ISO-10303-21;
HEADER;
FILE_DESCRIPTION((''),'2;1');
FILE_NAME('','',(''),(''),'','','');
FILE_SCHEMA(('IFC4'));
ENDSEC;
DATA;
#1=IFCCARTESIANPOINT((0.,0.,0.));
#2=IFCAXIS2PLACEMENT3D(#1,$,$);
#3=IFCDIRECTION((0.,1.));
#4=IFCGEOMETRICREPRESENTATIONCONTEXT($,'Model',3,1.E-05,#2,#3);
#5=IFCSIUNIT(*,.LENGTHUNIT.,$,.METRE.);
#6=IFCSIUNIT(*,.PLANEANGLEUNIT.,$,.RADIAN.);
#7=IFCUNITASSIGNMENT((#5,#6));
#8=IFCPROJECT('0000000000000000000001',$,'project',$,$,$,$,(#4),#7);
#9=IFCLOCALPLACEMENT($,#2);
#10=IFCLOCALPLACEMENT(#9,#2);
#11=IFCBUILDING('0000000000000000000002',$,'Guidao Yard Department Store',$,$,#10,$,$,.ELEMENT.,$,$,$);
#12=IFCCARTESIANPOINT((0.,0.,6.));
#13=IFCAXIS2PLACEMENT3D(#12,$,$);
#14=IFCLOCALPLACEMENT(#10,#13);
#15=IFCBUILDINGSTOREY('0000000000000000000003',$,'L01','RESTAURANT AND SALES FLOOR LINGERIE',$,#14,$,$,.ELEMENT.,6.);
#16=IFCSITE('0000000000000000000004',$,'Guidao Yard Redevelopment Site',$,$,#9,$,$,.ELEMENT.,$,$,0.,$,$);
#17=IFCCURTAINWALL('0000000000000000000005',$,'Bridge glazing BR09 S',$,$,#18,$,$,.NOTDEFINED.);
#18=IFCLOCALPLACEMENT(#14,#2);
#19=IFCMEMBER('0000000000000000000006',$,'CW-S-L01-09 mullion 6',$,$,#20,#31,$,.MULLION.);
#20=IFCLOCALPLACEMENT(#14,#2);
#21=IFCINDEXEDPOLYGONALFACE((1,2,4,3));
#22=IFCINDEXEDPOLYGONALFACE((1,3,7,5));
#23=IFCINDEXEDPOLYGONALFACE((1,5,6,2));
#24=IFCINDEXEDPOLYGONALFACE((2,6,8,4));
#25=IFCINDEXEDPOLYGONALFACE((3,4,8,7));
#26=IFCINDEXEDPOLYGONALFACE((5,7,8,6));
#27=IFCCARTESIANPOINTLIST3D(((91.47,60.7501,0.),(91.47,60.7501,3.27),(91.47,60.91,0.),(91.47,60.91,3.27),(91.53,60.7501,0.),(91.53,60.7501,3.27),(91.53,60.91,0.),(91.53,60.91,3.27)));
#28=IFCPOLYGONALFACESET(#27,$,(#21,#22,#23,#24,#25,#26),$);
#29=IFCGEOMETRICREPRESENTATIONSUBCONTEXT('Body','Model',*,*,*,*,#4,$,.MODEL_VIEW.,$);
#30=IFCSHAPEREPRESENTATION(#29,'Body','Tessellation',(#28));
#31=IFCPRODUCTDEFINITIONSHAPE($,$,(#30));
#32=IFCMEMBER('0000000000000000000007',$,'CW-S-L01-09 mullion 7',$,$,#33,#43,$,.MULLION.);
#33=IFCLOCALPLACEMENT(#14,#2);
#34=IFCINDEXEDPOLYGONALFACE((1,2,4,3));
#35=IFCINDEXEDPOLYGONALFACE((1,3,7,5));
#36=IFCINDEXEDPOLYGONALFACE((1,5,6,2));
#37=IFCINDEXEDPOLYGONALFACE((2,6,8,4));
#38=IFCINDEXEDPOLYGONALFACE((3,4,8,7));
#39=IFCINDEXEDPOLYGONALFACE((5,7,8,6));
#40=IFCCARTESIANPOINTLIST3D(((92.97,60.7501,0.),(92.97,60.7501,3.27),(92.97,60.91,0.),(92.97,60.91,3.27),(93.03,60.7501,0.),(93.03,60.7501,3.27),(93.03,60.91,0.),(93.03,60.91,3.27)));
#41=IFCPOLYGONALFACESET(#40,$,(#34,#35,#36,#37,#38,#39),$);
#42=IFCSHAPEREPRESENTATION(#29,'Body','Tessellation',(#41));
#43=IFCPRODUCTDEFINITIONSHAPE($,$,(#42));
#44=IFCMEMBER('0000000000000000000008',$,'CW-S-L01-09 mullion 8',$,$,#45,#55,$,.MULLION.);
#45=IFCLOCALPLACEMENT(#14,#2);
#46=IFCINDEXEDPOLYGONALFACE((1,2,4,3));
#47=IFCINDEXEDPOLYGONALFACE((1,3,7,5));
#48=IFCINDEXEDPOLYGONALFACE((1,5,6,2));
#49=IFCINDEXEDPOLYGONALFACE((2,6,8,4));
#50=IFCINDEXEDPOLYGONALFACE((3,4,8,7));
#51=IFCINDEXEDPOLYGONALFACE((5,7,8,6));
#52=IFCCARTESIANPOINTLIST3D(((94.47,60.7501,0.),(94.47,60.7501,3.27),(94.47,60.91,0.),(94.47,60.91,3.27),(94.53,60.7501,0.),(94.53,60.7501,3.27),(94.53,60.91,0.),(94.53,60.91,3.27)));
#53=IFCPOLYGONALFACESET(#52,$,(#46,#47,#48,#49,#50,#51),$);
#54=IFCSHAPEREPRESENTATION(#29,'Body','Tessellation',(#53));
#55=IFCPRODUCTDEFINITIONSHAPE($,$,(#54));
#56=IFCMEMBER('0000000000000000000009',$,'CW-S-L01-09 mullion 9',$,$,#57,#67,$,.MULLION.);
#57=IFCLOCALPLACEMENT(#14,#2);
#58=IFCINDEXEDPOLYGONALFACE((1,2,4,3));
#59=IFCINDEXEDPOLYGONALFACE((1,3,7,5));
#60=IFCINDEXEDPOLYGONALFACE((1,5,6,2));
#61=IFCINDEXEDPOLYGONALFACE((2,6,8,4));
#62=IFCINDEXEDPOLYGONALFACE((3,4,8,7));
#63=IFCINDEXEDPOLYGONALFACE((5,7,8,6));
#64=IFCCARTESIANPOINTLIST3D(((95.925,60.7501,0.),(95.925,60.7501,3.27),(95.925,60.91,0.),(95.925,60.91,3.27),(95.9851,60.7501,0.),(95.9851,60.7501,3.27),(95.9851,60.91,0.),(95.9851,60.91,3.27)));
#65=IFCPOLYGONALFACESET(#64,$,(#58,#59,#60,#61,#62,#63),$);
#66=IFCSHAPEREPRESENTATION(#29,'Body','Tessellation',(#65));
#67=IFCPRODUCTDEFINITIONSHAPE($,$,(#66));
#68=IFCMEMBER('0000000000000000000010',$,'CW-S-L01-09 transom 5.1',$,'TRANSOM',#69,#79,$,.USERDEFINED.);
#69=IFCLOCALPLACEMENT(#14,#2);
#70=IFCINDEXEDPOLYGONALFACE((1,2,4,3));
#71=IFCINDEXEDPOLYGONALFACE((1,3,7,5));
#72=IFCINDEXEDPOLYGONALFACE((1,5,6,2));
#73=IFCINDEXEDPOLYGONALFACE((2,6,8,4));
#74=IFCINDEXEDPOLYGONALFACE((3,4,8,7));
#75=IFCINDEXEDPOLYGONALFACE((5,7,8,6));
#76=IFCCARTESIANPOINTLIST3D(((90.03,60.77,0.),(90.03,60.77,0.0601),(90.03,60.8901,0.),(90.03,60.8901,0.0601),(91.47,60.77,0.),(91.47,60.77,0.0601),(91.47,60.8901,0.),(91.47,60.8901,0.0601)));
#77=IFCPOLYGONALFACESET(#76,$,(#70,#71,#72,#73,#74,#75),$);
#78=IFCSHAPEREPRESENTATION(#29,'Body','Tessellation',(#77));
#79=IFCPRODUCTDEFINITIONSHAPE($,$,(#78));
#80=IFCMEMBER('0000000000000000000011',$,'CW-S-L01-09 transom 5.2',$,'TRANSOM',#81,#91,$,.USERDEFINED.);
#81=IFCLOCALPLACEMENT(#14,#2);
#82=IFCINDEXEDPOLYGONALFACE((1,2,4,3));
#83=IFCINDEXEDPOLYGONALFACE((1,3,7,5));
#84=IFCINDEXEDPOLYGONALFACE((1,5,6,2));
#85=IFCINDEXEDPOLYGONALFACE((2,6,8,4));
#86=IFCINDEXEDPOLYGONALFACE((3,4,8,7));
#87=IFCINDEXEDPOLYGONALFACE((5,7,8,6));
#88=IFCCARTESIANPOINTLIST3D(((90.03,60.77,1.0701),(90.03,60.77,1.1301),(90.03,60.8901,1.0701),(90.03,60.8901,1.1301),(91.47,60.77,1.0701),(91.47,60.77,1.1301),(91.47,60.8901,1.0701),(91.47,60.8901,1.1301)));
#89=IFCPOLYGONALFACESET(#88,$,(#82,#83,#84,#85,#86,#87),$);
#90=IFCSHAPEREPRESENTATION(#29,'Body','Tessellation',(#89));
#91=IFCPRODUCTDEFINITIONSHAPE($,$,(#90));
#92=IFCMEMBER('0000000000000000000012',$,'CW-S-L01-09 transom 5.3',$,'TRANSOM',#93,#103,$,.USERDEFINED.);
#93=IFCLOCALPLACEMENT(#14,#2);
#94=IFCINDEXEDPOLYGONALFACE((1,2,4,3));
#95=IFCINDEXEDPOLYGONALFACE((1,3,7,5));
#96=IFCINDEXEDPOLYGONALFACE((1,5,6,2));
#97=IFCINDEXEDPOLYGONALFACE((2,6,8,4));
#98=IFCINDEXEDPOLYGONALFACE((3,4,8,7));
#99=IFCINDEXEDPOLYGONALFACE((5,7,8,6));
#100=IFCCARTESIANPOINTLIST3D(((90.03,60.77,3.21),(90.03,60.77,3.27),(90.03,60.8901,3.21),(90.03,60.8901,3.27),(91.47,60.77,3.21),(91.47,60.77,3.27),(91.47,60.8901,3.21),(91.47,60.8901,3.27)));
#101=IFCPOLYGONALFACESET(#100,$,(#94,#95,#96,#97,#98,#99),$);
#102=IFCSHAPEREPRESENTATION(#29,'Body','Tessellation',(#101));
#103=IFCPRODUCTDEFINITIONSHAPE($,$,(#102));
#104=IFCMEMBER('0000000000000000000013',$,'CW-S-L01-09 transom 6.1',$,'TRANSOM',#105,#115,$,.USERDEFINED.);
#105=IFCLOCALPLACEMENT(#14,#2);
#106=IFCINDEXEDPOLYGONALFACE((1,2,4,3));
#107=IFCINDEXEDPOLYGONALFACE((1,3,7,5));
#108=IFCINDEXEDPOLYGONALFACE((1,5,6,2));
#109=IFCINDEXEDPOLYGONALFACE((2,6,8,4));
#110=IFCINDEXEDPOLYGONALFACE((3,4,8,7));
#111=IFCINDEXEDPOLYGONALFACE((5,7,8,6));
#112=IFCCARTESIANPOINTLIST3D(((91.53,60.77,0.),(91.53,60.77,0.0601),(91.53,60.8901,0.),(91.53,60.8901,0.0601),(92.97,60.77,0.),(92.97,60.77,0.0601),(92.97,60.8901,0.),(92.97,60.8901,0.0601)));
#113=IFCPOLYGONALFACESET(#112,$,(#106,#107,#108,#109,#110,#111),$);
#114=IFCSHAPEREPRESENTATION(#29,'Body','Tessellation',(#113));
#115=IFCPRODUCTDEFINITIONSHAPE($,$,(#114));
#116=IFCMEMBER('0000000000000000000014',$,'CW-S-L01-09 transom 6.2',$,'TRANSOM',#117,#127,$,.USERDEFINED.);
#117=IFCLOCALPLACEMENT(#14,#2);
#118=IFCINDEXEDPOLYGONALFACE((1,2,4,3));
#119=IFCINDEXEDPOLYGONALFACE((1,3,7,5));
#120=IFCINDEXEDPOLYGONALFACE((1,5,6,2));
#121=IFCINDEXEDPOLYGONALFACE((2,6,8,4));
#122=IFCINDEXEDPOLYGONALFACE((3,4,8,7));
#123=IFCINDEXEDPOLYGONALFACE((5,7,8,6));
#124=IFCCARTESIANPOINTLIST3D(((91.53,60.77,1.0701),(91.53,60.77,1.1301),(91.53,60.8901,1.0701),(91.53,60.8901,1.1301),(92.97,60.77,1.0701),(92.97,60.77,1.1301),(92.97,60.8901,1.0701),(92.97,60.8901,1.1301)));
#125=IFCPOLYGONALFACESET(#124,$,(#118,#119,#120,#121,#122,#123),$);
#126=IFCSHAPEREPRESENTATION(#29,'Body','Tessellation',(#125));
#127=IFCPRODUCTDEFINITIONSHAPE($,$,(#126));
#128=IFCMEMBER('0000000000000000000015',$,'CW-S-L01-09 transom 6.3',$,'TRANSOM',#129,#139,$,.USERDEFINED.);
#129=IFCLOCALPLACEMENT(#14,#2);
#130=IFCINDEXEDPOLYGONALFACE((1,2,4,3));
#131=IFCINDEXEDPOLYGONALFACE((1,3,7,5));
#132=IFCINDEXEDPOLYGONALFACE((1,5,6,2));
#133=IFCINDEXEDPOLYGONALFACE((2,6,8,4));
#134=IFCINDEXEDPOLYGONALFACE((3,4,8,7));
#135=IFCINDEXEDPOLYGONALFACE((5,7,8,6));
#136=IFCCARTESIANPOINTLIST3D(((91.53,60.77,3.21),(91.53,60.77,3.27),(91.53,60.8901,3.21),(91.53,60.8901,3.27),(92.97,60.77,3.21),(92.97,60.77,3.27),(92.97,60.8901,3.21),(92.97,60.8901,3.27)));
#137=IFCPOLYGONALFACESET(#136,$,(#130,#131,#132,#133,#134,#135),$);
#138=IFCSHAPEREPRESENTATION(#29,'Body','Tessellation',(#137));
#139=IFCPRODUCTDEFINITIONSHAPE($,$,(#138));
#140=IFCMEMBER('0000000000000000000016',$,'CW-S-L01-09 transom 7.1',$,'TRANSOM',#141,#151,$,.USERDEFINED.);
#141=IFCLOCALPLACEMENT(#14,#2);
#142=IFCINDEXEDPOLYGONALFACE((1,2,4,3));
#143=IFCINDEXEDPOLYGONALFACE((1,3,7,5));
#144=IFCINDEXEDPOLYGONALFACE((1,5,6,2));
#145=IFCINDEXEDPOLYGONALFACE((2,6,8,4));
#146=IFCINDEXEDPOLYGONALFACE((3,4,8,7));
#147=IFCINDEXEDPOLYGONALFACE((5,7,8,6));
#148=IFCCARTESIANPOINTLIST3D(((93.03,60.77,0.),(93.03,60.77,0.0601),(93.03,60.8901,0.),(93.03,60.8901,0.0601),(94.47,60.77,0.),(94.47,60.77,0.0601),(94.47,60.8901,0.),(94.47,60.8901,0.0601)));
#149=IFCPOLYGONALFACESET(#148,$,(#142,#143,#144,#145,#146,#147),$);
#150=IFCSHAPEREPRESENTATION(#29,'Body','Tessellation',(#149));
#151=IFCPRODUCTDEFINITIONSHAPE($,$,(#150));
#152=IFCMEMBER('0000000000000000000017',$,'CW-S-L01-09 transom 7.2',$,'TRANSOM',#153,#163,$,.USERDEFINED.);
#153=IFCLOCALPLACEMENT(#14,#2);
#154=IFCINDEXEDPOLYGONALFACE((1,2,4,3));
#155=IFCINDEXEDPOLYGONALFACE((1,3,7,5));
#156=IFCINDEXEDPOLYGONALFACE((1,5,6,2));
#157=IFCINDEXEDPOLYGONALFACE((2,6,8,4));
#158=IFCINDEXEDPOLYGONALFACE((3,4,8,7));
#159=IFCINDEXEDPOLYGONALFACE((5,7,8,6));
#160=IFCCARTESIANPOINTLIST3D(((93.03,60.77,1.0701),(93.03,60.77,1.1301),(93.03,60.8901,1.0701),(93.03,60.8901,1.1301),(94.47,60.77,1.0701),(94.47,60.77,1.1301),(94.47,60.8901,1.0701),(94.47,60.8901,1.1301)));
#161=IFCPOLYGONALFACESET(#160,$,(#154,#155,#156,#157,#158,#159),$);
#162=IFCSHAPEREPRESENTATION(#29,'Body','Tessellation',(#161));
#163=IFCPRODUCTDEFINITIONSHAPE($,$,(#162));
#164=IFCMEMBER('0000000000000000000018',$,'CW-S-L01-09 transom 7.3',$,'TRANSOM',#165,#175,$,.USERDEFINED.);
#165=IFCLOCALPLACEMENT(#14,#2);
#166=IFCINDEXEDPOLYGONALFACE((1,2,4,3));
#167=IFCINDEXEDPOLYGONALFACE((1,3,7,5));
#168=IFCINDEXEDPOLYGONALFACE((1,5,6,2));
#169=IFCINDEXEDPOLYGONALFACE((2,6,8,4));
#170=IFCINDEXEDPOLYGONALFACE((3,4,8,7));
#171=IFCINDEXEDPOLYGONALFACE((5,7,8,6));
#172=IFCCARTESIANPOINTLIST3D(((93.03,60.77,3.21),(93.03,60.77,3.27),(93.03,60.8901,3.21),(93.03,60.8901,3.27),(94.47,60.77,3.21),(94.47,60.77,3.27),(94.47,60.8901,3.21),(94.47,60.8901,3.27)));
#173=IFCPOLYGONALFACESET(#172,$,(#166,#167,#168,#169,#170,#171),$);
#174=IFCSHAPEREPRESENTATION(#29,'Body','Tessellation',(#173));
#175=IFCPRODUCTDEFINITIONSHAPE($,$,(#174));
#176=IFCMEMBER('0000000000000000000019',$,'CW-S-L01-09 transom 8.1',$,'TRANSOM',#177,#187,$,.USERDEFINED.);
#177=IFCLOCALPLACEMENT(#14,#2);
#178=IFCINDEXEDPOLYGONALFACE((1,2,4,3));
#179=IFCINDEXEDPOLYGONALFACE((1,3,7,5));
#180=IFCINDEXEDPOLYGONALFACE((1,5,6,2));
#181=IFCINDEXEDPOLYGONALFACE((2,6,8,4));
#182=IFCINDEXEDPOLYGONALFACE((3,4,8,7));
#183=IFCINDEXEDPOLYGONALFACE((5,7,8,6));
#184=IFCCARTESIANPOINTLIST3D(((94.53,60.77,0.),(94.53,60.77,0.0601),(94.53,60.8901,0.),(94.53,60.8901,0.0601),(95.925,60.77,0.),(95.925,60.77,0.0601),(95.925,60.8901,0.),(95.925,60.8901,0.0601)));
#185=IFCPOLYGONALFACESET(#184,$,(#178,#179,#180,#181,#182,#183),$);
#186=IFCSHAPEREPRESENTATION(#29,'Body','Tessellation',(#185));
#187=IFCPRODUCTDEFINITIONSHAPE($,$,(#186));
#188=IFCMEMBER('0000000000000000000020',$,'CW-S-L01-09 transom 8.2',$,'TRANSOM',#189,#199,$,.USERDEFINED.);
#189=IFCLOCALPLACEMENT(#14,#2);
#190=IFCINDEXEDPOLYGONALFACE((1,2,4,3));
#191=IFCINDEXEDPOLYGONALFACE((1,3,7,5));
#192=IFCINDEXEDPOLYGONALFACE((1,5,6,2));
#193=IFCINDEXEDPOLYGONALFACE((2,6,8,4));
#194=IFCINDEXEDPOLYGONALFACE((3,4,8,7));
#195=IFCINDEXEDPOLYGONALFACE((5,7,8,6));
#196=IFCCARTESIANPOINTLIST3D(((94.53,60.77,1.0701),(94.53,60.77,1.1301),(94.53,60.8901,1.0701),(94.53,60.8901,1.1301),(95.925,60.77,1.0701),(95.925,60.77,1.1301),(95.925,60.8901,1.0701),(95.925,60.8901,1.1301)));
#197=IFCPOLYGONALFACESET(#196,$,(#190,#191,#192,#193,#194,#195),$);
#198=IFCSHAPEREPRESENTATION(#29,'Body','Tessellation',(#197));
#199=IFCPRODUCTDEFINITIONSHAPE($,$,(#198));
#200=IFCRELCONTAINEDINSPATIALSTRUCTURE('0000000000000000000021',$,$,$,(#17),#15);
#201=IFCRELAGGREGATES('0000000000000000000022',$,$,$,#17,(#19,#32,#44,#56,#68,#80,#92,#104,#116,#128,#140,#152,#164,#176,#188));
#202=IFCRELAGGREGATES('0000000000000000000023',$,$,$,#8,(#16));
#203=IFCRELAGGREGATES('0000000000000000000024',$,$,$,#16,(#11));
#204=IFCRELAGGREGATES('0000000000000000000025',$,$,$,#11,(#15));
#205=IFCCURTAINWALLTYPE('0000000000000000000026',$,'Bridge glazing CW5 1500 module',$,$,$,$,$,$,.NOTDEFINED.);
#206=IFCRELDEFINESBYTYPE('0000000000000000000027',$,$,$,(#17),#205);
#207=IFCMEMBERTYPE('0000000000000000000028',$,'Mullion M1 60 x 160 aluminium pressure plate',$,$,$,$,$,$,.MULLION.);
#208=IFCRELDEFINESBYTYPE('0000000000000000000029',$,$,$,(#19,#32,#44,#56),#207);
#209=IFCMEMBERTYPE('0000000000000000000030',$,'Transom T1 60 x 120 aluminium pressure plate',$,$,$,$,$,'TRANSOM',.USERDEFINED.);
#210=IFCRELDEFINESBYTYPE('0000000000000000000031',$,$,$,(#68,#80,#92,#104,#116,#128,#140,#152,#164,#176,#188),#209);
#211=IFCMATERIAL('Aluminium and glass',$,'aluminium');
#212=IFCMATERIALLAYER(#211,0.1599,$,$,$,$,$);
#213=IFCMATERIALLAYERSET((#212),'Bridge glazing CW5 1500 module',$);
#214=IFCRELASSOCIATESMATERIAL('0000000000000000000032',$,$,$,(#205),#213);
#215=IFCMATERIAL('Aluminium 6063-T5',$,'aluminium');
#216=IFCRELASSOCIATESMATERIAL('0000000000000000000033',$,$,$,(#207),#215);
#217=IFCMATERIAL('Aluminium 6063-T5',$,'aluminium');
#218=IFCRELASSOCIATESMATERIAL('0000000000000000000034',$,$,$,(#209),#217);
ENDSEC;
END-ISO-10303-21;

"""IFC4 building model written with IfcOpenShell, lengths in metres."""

from ifc_helpers import new_model, si_unit, direction, frame, origin, origin_2d, place, context, subcontext, project, spatial, rectangle, extrude, material, layer, layer_set, material_profile, profile_set, type_object, element, aggregate, save


model = new_model("IFC4")

# Units and contexts
model_context = context("Model", 3, precision=1e-05, world=origin(), true_north=direction((0.0, 1.0)))
body_context = subcontext(model_context, "Body", "Model", "MODEL_VIEW")
ifc_project = project(units=[si_unit("LENGTHUNIT", "METRE"), si_unit("PLANEANGLEUNIT", "RADIAN")], contexts=[model_context])

# Site, building, storey
site_placement = place(None, origin())
site = spatial("IfcSite", under=ifc_project, at=site_placement, Name="Guidao Yard Redevelopment Site", CompositionType="ELEMENT", RefElevation=0.0)
building_placement = place(site_placement, origin())
building = spatial("IfcBuilding", under=site, at=building_placement, Name="Guidao Yard Department Store", CompositionType="ELEMENT")
storey_placement = place(building_placement, frame((0.0, 0.0, 6.0)))
storey = spatial("IfcBuildingStorey", under=building, at=storey_placement, Name="L01", Description="RESTAURANT AND SALES FLOOR LINGERIE", CompositionType="ELEMENT", Elevation=6.0)

# Curtain wall, members
ifc_material_1 = material(Name="Aluminium and glass", Category="aluminium")
ifc_layer_1 = layer(ifc_material_1, 0.1599)
ifc_layer_set_1 = layer_set([ifc_layer_1], Name="Bridge glazing CW5 1500 module")
curtain_wall_type = type_object("IfcCurtainWallType", Name="Bridge glazing CW5 1500 module", PredefinedType="NOTDEFINED", material=ifc_layer_set_1)
curtain_wall_placement = place(storey_placement, origin())
curtain_wall = element("IfcCurtainWall", 1, at=curtain_wall_placement, inside=storey, type_object=curtain_wall_type, Name="Bridge glazing BR09 S", PredefinedType="NOTDEFINED")
ifc_material_2 = material(Name="Aluminium 6063-T5", Category="aluminium")
ifc_material_profile_1 = material_profile(ifc_material_2, rectangle(XDim=0.0601, YDim=0.1599, at=origin_2d()), Name="Mullion M1 60 x 160 aluminium pressure plate")
ifc_profile_set_1 = profile_set([ifc_material_profile_1], Name="Aluminium 6063-T5")
member_type_1 = type_object("IfcMemberType", Name="Mullion M1 60 x 160 aluminium pressure plate", PredefinedType="MULLION", material=ifc_profile_set_1)
member_1_placement = place(storey_placement, frame((91.5, 60.8301, 0.0), z_axis=(0.0, 0.0, 1.0), x_axis=(-1.0, 0.0, 0.0)))
member_1 = element("IfcMember", 2, at=member_1_placement, type_object=member_type_1, Name="CW-S-L01-09 mullion 6", PredefinedType="MULLION", context=body_context, shape_type="SweptSolid", body=[
    extrude(rectangle(XDim=0.0601, YDim=0.1599, at=origin_2d()), origin(), (0.0, 0.0, 1.0), 3.27),
])
member_2_placement = place(storey_placement, frame((93.0, 60.8301, 0.0), z_axis=(0.0, 0.0, 1.0), x_axis=(-1.0, 0.0, 0.0)))
member_2 = element("IfcMember", 3, at=member_2_placement, type_object=member_type_1, Name="CW-S-L01-09 mullion 7", PredefinedType="MULLION", context=body_context, shape_type="SweptSolid", body=[
    extrude(rectangle(XDim=0.0601, YDim=0.1599, at=origin_2d()), origin(), (0.0, 0.0, 1.0), 3.27),
])
member_3_placement = place(storey_placement, frame((94.5, 60.8301, 0.0), z_axis=(0.0, 0.0, 1.0), x_axis=(-1.0, 0.0, 0.0)))
member_3 = element("IfcMember", 4, at=member_3_placement, type_object=member_type_1, Name="CW-S-L01-09 mullion 8", PredefinedType="MULLION", context=body_context, shape_type="SweptSolid", body=[
    extrude(rectangle(XDim=0.0601, YDim=0.1599, at=origin_2d()), origin(), (0.0, 0.0, 1.0), 3.27),
])
member_4_placement = place(storey_placement, frame((95.9551, 60.8301, 0.0), z_axis=(0.0, 0.0, 1.0), x_axis=(-1.0, 0.0, 0.0)))
member_4 = element("IfcMember", 5, at=member_4_placement, type_object=member_type_1, Name="CW-S-L01-09 mullion 9", PredefinedType="MULLION", context=body_context, shape_type="SweptSolid", body=[
    extrude(rectangle(XDim=0.0601, YDim=0.1599, at=origin_2d()), origin(), (0.0, 0.0, 1.0), 3.27),
])
ifc_material_3 = material(Name="Aluminium 6063-T5", Category="aluminium")
ifc_material_profile_2 = material_profile(ifc_material_3, rectangle(XDim=0.1201, YDim=0.0601, at=origin_2d()), Name="Transom T1 60 x 120 aluminium pressure plate")
ifc_profile_set_2 = profile_set([ifc_material_profile_2], Name="Aluminium 6063-T5")
member_type_2 = type_object("IfcMemberType", Name="Transom T1 60 x 120 aluminium pressure plate", ElementType="TRANSOM", PredefinedType="USERDEFINED", material=ifc_profile_set_2)
member_5_placement = place(storey_placement, frame((91.47, 60.8301, 0.03), z_axis=(-1.0, 0.0, 0.0), x_axis=(0.0, -1.0, 0.0)))
member_5 = element("IfcMember", 6, at=member_5_placement, type_object=member_type_2, Name="CW-S-L01-09 transom 5.1", ObjectType="TRANSOM", PredefinedType="USERDEFINED", context=body_context, shape_type="SweptSolid", body=[
    extrude(rectangle(XDim=0.1201, YDim=0.0601, at=origin_2d()), origin(), (0.0, 0.0, 1.0), 1.4399),
])
member_6_placement = place(storey_placement, frame((91.47, 60.8301, 1.1001), z_axis=(-1.0, 0.0, 0.0), x_axis=(0.0, -1.0, 0.0)))
member_6 = element("IfcMember", 7, at=member_6_placement, type_object=member_type_2, Name="CW-S-L01-09 transom 5.2", ObjectType="TRANSOM", PredefinedType="USERDEFINED", context=body_context, shape_type="SweptSolid", body=[
    extrude(rectangle(XDim=0.1201, YDim=0.0601, at=origin_2d()), origin(), (0.0, 0.0, 1.0), 1.4399),
])
member_7_placement = place(storey_placement, frame((91.47, 60.8301, 3.24), z_axis=(-1.0, 0.0, 0.0), x_axis=(0.0, -1.0, 0.0)))
member_7 = element("IfcMember", 8, at=member_7_placement, type_object=member_type_2, Name="CW-S-L01-09 transom 5.3", ObjectType="TRANSOM", PredefinedType="USERDEFINED", context=body_context, shape_type="SweptSolid", body=[
    extrude(rectangle(XDim=0.1201, YDim=0.0601, at=origin_2d()), origin(), (0.0, 0.0, 1.0), 1.4399),
])
member_8_placement = place(storey_placement, frame((92.97, 60.8301, 0.03), z_axis=(-1.0, 0.0, 0.0), x_axis=(0.0, -1.0, 0.0)))
member_8 = element("IfcMember", 9, at=member_8_placement, type_object=member_type_2, Name="CW-S-L01-09 transom 6.1", ObjectType="TRANSOM", PredefinedType="USERDEFINED", context=body_context, shape_type="SweptSolid", body=[
    extrude(rectangle(XDim=0.1201, YDim=0.0601, at=origin_2d()), origin(), (0.0, 0.0, 1.0), 1.4399),
])
member_9_placement = place(storey_placement, frame((92.97, 60.8301, 1.1001), z_axis=(-1.0, 0.0, 0.0), x_axis=(0.0, -1.0, 0.0)))
member_9 = element("IfcMember", 10, at=member_9_placement, type_object=member_type_2, Name="CW-S-L01-09 transom 6.2", ObjectType="TRANSOM", PredefinedType="USERDEFINED", context=body_context, shape_type="SweptSolid", body=[
    extrude(rectangle(XDim=0.1201, YDim=0.0601, at=origin_2d()), origin(), (0.0, 0.0, 1.0), 1.4399),
])
member_10_placement = place(storey_placement, frame((92.97, 60.8301, 3.24), z_axis=(-1.0, 0.0, 0.0), x_axis=(0.0, -1.0, 0.0)))
member_10 = element("IfcMember", 11, at=member_10_placement, type_object=member_type_2, Name="CW-S-L01-09 transom 6.3", ObjectType="TRANSOM", PredefinedType="USERDEFINED", context=body_context, shape_type="SweptSolid", body=[
    extrude(rectangle(XDim=0.1201, YDim=0.0601, at=origin_2d()), origin(), (0.0, 0.0, 1.0), 1.4399),
])
member_11_placement = place(storey_placement, frame((94.47, 60.8301, 0.03), z_axis=(-1.0, 0.0, 0.0), x_axis=(0.0, -1.0, 0.0)))
member_11 = element("IfcMember", 12, at=member_11_placement, type_object=member_type_2, Name="CW-S-L01-09 transom 7.1", ObjectType="TRANSOM", PredefinedType="USERDEFINED", context=body_context, shape_type="SweptSolid", body=[
    extrude(rectangle(XDim=0.1201, YDim=0.0601, at=origin_2d()), origin(), (0.0, 0.0, 1.0), 1.4399),
])
member_12_placement = place(storey_placement, frame((94.47, 60.8301, 1.1001), z_axis=(-1.0, 0.0, 0.0), x_axis=(0.0, -1.0, 0.0)))
member_12 = element("IfcMember", 13, at=member_12_placement, type_object=member_type_2, Name="CW-S-L01-09 transom 7.2", ObjectType="TRANSOM", PredefinedType="USERDEFINED", context=body_context, shape_type="SweptSolid", body=[
    extrude(rectangle(XDim=0.1201, YDim=0.0601, at=origin_2d()), origin(), (0.0, 0.0, 1.0), 1.4399),
])
member_13_placement = place(storey_placement, frame((94.47, 60.8301, 3.24), z_axis=(-1.0, 0.0, 0.0), x_axis=(0.0, -1.0, 0.0)))
member_13 = element("IfcMember", 14, at=member_13_placement, type_object=member_type_2, Name="CW-S-L01-09 transom 7.3", ObjectType="TRANSOM", PredefinedType="USERDEFINED", context=body_context, shape_type="SweptSolid", body=[
    extrude(rectangle(XDim=0.1201, YDim=0.0601, at=origin_2d()), origin(), (0.0, 0.0, 1.0), 1.4399),
])
member_14_placement = place(storey_placement, frame((95.925, 60.8301, 0.03), z_axis=(-1.0, 0.0, 0.0), x_axis=(0.0, -1.0, 0.0)))
member_14 = element("IfcMember", 15, at=member_14_placement, type_object=member_type_2, Name="CW-S-L01-09 transom 8.1", ObjectType="TRANSOM", PredefinedType="USERDEFINED", context=body_context, shape_type="SweptSolid", body=[
    extrude(rectangle(XDim=0.1201, YDim=0.0601, at=origin_2d()), origin(), (0.0, 0.0, 1.0), 1.395),
])
member_15_placement = place(storey_placement, frame((95.925, 60.8301, 1.1001), z_axis=(-1.0, 0.0, 0.0), x_axis=(0.0, -1.0, 0.0)))
member_15 = element("IfcMember", 16, at=member_15_placement, type_object=member_type_2, Name="CW-S-L01-09 transom 8.2", ObjectType="TRANSOM", PredefinedType="USERDEFINED", context=body_context, shape_type="SweptSolid", body=[
    extrude(rectangle(XDim=0.1201, YDim=0.0601, at=origin_2d()), origin(), (0.0, 0.0, 1.0), 1.395),
])
aggregate(curtain_wall, [member_1, member_2, member_3, member_4, member_5, member_6, member_7, member_8, member_9, member_10, member_11, member_12, member_13, member_14, member_15])

save(model, "model.ifc")
